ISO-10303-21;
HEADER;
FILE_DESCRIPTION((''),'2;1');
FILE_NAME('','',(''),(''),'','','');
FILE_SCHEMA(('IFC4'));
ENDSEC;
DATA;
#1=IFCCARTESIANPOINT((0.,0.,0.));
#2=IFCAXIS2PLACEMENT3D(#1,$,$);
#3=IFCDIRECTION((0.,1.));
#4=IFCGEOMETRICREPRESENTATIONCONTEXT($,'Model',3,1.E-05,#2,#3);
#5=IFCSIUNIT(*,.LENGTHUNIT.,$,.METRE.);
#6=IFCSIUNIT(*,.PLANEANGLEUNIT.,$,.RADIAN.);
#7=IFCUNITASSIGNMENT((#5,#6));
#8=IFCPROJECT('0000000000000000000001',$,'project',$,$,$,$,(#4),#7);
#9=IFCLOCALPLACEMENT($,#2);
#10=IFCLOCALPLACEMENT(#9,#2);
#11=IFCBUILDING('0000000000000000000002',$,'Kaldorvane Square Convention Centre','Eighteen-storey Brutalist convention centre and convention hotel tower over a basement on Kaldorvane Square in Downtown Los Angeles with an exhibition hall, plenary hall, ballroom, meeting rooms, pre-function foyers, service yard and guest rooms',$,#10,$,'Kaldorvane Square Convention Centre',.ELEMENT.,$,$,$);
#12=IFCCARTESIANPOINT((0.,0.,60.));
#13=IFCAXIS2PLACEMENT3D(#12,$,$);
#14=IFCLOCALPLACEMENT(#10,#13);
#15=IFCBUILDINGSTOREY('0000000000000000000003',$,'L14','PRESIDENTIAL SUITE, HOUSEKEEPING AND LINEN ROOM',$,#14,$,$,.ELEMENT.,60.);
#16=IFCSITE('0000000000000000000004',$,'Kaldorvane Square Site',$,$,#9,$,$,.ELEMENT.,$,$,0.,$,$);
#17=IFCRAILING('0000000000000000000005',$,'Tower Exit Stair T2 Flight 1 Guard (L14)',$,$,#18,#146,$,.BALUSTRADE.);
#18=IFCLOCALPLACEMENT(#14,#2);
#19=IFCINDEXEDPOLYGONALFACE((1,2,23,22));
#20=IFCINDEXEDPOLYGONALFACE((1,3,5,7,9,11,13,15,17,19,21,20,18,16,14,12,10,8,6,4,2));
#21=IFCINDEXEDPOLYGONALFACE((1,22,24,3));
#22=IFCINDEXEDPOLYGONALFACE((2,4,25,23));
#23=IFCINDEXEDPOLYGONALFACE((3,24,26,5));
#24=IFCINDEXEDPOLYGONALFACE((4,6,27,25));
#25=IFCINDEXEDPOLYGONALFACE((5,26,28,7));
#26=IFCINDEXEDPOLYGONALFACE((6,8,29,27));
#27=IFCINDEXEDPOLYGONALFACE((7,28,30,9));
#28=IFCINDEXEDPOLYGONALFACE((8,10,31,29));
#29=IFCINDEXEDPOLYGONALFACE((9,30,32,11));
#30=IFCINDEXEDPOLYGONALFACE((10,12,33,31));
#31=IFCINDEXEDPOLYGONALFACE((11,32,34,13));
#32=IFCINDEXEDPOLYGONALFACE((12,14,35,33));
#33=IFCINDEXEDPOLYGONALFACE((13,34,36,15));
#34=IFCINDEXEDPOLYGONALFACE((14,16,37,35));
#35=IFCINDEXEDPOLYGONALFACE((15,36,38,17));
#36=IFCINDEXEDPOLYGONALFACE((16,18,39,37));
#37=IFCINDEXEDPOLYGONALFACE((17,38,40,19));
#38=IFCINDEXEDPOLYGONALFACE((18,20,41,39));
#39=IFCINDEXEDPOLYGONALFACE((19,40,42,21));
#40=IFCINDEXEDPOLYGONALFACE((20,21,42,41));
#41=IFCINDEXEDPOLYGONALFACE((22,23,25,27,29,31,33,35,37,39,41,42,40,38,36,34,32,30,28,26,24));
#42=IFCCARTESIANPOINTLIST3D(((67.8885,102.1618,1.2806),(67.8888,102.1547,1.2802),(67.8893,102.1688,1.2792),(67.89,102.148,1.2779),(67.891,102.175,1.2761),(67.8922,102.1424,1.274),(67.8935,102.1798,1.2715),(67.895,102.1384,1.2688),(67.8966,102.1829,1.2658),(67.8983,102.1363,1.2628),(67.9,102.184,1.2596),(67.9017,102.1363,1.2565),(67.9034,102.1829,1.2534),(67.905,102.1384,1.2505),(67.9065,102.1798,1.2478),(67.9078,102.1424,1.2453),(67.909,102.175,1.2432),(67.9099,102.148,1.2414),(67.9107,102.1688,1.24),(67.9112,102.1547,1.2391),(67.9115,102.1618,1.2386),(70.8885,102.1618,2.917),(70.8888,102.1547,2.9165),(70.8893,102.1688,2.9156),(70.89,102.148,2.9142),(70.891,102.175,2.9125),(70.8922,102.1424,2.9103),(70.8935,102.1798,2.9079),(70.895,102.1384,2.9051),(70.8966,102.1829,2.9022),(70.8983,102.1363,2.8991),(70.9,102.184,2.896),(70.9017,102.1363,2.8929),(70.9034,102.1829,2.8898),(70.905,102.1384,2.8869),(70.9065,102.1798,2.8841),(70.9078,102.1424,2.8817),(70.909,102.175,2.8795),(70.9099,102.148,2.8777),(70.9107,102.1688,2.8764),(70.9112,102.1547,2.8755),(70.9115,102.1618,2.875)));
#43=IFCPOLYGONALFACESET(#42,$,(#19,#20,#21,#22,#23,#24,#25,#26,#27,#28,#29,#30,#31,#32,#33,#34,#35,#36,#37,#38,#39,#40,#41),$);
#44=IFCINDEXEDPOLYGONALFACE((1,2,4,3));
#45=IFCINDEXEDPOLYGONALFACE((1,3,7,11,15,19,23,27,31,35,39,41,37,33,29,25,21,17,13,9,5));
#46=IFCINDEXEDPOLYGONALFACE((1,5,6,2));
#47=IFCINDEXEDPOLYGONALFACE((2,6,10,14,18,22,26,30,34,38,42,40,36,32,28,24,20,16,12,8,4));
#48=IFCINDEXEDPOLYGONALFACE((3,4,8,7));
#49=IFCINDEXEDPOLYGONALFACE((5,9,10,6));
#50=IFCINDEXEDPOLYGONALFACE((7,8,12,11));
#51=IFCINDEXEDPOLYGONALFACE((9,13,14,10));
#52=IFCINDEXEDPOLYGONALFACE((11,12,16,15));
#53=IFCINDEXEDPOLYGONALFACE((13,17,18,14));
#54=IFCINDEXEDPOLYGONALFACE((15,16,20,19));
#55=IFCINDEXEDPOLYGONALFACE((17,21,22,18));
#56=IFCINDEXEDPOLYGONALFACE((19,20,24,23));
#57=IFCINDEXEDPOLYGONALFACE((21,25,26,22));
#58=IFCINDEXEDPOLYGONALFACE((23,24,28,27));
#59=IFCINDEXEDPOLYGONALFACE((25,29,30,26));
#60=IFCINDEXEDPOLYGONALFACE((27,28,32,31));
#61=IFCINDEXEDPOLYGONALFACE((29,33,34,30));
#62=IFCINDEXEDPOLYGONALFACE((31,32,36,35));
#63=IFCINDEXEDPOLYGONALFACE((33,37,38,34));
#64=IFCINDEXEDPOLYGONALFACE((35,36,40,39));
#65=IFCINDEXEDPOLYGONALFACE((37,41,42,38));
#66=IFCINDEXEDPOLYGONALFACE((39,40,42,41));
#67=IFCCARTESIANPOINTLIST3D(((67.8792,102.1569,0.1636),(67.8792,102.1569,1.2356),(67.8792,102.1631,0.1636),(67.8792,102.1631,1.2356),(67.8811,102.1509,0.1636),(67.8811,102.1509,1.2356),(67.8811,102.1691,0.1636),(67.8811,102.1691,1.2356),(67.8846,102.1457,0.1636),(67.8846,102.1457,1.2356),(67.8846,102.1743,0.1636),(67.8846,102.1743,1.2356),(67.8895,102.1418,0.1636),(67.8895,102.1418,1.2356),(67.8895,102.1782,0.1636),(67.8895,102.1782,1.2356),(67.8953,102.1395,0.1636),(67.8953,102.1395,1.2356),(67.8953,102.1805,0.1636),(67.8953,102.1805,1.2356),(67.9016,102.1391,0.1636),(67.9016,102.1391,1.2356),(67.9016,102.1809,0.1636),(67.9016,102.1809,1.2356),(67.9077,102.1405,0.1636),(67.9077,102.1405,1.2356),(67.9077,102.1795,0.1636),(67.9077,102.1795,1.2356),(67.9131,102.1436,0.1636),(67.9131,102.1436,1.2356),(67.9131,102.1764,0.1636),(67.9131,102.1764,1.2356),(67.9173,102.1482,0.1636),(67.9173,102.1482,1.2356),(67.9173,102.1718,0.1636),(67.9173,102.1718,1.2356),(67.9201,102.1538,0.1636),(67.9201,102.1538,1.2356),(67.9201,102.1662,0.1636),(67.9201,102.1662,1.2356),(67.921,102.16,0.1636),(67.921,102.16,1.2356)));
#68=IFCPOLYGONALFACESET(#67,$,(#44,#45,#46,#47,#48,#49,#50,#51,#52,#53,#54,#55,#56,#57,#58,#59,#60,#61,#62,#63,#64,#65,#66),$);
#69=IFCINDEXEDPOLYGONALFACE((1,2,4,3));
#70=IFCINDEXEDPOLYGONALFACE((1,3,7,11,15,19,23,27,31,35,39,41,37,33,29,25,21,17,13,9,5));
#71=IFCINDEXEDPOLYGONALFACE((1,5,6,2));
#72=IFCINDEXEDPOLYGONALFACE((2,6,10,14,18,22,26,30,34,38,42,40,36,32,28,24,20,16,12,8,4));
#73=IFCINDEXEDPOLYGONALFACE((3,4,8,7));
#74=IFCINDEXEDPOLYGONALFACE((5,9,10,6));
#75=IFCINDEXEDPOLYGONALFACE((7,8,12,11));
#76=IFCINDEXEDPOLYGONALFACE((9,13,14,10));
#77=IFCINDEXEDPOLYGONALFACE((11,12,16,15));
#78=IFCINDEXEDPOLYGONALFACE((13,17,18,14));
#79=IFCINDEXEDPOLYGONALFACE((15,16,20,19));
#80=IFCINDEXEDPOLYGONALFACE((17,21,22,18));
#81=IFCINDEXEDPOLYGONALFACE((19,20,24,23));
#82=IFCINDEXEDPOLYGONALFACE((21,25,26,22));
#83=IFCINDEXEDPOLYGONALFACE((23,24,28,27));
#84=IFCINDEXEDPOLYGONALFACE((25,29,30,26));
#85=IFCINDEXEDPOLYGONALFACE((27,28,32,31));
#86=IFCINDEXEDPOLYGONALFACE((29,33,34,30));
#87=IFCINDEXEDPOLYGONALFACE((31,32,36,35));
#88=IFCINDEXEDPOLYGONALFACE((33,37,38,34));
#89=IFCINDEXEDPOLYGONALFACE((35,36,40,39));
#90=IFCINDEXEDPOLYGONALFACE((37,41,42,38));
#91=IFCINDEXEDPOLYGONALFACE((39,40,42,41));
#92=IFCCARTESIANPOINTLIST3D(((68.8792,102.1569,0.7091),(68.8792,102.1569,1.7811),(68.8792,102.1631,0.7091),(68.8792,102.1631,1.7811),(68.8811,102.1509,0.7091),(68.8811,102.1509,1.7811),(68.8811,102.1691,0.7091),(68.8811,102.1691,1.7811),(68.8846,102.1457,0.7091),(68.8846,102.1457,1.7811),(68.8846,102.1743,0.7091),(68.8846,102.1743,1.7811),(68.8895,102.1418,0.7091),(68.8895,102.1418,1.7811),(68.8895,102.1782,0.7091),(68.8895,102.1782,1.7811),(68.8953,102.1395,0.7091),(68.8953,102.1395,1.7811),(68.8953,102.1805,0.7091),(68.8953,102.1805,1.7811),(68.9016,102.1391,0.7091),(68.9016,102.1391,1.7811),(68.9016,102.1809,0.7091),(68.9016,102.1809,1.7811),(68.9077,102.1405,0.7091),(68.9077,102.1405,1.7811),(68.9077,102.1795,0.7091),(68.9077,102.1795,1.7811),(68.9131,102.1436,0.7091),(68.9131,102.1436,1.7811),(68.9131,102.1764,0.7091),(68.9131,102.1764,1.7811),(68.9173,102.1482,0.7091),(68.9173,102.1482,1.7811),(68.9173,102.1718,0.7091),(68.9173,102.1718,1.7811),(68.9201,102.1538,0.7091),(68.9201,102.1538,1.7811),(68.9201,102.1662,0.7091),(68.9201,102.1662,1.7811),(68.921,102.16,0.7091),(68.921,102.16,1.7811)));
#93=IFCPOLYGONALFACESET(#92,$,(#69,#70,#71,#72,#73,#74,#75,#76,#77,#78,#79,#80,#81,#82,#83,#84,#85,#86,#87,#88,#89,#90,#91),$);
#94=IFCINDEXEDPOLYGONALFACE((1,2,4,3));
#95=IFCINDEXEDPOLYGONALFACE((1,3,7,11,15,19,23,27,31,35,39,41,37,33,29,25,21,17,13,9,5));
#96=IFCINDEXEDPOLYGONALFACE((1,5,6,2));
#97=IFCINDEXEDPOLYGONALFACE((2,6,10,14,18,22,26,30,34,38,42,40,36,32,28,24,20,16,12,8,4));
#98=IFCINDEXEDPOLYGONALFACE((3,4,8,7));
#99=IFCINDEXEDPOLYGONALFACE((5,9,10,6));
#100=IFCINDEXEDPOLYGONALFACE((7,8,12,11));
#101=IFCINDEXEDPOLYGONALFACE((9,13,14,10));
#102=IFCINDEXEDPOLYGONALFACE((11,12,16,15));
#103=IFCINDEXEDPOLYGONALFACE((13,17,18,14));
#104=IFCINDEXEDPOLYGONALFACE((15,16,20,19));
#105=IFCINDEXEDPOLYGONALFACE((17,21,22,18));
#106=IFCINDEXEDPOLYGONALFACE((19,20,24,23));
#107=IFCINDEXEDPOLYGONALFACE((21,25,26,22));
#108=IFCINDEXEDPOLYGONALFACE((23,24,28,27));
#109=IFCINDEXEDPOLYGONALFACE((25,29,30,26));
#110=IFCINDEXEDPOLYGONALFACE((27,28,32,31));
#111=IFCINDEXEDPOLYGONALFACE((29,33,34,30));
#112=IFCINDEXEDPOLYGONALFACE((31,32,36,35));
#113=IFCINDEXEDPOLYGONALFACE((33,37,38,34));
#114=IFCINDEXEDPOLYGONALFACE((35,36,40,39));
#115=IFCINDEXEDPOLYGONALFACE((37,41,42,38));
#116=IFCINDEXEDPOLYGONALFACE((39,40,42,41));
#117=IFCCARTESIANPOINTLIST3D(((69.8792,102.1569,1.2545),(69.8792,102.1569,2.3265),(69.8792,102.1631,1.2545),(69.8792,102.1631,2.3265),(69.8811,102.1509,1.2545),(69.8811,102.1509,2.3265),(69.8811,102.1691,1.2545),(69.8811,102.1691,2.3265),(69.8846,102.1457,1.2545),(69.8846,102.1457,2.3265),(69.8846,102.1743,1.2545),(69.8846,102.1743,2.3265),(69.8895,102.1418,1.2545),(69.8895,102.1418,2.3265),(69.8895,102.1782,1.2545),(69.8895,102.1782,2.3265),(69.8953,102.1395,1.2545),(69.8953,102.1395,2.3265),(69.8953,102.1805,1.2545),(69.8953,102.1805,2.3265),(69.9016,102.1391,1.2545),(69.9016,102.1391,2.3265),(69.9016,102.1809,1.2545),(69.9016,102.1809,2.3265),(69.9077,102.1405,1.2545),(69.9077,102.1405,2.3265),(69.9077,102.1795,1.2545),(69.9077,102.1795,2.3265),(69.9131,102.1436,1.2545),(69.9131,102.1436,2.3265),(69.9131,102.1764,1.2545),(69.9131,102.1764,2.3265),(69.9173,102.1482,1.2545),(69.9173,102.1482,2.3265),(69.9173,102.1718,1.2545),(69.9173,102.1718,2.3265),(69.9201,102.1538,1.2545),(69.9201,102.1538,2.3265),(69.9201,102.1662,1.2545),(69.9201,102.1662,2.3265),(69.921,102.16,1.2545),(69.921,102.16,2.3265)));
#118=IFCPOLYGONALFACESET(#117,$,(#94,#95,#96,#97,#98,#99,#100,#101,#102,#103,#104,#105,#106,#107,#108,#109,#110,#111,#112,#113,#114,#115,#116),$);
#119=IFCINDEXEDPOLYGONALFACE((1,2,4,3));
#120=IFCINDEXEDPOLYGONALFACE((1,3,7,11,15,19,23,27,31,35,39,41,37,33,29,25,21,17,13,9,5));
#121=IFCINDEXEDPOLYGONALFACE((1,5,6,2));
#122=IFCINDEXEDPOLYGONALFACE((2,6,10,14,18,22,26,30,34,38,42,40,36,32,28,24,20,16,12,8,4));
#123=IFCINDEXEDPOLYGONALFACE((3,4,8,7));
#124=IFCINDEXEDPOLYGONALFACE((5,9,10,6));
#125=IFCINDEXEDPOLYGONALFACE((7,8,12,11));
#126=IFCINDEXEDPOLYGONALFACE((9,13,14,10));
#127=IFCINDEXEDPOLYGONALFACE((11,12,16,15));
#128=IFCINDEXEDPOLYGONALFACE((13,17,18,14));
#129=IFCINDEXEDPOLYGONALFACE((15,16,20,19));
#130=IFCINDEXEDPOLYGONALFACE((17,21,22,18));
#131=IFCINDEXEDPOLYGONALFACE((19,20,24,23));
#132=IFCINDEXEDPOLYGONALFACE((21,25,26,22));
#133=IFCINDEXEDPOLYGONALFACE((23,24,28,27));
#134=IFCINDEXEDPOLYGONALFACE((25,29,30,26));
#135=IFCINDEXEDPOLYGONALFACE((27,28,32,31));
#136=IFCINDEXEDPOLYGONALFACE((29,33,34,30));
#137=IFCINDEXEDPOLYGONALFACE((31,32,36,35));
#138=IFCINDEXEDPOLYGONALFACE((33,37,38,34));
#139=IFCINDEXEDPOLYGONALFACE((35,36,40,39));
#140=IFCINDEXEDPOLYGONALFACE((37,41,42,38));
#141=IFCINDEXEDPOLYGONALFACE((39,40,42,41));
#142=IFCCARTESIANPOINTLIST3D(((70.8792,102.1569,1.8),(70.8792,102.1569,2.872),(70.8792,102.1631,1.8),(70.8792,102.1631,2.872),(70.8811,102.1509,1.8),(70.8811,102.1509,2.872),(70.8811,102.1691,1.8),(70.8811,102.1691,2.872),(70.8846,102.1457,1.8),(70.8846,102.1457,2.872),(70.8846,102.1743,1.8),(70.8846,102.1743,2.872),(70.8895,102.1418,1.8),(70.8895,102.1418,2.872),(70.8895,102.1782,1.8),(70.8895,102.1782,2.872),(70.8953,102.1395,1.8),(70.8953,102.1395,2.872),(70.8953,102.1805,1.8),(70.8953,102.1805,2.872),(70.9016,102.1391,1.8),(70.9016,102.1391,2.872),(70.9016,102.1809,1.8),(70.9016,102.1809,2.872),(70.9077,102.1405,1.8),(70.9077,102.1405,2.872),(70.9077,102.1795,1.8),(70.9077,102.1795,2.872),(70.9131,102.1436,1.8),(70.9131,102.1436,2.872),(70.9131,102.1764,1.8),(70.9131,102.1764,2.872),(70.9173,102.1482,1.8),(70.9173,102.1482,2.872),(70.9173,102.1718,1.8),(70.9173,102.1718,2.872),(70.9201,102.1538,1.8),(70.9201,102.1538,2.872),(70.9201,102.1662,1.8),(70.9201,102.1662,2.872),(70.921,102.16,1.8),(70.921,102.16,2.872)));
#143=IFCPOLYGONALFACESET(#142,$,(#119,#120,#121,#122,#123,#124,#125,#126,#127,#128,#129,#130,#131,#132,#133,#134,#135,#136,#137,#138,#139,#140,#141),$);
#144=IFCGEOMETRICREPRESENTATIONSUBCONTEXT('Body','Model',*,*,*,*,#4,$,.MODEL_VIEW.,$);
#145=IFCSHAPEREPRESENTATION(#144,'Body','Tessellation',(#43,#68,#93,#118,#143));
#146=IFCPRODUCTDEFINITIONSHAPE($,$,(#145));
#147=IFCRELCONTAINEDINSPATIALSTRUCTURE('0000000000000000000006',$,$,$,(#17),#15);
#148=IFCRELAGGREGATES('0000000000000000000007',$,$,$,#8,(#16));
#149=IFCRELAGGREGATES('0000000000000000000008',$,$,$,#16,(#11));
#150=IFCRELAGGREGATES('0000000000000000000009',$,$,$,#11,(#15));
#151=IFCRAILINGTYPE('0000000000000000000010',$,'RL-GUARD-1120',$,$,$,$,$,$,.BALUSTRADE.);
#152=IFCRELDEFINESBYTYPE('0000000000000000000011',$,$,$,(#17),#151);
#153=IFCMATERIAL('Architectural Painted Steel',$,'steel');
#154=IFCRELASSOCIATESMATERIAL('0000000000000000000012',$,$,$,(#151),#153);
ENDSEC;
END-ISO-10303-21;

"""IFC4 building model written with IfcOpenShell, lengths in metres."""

from ifc_helpers import new_model, si_unit, direction, frame, origin, origin_2d, place, context, subcontext, project, spatial, circle, extrude, material, type_object, element, save


model = new_model("IFC4")

# Units and contexts
model_context = context("Model", 3, precision=1e-05, world=origin(), true_north=direction((0.0, 1.0)))
body_context = subcontext(model_context, "Body", "Model", "MODEL_VIEW")
ifc_project = project(units=[si_unit("LENGTHUNIT", "METRE"), si_unit("PLANEANGLEUNIT", "RADIAN")], contexts=[model_context])

# Site, building, storey
site_placement = place(None, origin())
site = spatial("IfcSite", under=ifc_project, at=site_placement, Name="Kaldorvane Square Site", CompositionType="ELEMENT", RefElevation=0.0)
building_placement = place(site_placement, origin())
building = spatial("IfcBuilding", under=site, at=building_placement, Name="Kaldorvane Square Convention Centre", Description="Eighteen-storey Brutalist convention centre and convention hotel tower over a basement on Kaldorvane Square in Downtown Los Angeles with an exhibition hall, plenary hall, ballroom, meeting rooms, pre-function foyers, service yard and guest rooms", LongName="Kaldorvane Square Convention Centre", CompositionType="ELEMENT")
storey_placement = place(building_placement, frame((0.0, 0.0, 60.0)))
storey = spatial("IfcBuildingStorey", under=building, at=storey_placement, Name="L14", Description="PRESIDENTIAL SUITE, HOUSEKEEPING AND LINEN ROOM", CompositionType="ELEMENT", Elevation=60.0)

# Railing
ifc_material_1 = material(Name="Architectural Painted Steel", Category="steel")
railing_type = type_object("IfcRailingType", Name="RL-GUARD-1120", PredefinedType="BALUSTRADE", material=ifc_material_1)
railing_1_placement = place(storey_placement, frame((67.9, 102.16, 0.1636)))
element("IfcRailing", 1, at=railing_1_placement, inside=storey, type_object=railing_type, Name="Tower Exit Stair T2 Flight 1 Guard (L14)", PredefinedType="BALUSTRADE", context=body_context, shape_type="SweptSolid", body=[
    extrude(circle(Radius=0.024, at=origin_2d()), frame((0.0, 0.0, 1.096), z_axis=(0.877895, 0.0, 0.478853), x_axis=(0.0, 1.0, 0.0)), (0.0, 0.0, 1.0), 3.4173),
    extrude(circle(Radius=0.021, at=origin_2d()), origin(), (0.0, 0.0, 1.0), 1.072),
    extrude(circle(Radius=0.021, at=origin_2d()), frame((1.0, 0.0, 0.5455)), (0.0, 0.0, 1.0), 1.072),
    extrude(circle(Radius=0.021, at=origin_2d()), frame((2.0, 0.0, 1.0909)), (0.0, 0.0, 1.0), 1.072),
    extrude(circle(Radius=0.021, at=origin_2d()), frame((3.0, 0.0, 1.6364)), (0.0, 0.0, 1.0), 1.072),
])

save(model, "model.ifc")
